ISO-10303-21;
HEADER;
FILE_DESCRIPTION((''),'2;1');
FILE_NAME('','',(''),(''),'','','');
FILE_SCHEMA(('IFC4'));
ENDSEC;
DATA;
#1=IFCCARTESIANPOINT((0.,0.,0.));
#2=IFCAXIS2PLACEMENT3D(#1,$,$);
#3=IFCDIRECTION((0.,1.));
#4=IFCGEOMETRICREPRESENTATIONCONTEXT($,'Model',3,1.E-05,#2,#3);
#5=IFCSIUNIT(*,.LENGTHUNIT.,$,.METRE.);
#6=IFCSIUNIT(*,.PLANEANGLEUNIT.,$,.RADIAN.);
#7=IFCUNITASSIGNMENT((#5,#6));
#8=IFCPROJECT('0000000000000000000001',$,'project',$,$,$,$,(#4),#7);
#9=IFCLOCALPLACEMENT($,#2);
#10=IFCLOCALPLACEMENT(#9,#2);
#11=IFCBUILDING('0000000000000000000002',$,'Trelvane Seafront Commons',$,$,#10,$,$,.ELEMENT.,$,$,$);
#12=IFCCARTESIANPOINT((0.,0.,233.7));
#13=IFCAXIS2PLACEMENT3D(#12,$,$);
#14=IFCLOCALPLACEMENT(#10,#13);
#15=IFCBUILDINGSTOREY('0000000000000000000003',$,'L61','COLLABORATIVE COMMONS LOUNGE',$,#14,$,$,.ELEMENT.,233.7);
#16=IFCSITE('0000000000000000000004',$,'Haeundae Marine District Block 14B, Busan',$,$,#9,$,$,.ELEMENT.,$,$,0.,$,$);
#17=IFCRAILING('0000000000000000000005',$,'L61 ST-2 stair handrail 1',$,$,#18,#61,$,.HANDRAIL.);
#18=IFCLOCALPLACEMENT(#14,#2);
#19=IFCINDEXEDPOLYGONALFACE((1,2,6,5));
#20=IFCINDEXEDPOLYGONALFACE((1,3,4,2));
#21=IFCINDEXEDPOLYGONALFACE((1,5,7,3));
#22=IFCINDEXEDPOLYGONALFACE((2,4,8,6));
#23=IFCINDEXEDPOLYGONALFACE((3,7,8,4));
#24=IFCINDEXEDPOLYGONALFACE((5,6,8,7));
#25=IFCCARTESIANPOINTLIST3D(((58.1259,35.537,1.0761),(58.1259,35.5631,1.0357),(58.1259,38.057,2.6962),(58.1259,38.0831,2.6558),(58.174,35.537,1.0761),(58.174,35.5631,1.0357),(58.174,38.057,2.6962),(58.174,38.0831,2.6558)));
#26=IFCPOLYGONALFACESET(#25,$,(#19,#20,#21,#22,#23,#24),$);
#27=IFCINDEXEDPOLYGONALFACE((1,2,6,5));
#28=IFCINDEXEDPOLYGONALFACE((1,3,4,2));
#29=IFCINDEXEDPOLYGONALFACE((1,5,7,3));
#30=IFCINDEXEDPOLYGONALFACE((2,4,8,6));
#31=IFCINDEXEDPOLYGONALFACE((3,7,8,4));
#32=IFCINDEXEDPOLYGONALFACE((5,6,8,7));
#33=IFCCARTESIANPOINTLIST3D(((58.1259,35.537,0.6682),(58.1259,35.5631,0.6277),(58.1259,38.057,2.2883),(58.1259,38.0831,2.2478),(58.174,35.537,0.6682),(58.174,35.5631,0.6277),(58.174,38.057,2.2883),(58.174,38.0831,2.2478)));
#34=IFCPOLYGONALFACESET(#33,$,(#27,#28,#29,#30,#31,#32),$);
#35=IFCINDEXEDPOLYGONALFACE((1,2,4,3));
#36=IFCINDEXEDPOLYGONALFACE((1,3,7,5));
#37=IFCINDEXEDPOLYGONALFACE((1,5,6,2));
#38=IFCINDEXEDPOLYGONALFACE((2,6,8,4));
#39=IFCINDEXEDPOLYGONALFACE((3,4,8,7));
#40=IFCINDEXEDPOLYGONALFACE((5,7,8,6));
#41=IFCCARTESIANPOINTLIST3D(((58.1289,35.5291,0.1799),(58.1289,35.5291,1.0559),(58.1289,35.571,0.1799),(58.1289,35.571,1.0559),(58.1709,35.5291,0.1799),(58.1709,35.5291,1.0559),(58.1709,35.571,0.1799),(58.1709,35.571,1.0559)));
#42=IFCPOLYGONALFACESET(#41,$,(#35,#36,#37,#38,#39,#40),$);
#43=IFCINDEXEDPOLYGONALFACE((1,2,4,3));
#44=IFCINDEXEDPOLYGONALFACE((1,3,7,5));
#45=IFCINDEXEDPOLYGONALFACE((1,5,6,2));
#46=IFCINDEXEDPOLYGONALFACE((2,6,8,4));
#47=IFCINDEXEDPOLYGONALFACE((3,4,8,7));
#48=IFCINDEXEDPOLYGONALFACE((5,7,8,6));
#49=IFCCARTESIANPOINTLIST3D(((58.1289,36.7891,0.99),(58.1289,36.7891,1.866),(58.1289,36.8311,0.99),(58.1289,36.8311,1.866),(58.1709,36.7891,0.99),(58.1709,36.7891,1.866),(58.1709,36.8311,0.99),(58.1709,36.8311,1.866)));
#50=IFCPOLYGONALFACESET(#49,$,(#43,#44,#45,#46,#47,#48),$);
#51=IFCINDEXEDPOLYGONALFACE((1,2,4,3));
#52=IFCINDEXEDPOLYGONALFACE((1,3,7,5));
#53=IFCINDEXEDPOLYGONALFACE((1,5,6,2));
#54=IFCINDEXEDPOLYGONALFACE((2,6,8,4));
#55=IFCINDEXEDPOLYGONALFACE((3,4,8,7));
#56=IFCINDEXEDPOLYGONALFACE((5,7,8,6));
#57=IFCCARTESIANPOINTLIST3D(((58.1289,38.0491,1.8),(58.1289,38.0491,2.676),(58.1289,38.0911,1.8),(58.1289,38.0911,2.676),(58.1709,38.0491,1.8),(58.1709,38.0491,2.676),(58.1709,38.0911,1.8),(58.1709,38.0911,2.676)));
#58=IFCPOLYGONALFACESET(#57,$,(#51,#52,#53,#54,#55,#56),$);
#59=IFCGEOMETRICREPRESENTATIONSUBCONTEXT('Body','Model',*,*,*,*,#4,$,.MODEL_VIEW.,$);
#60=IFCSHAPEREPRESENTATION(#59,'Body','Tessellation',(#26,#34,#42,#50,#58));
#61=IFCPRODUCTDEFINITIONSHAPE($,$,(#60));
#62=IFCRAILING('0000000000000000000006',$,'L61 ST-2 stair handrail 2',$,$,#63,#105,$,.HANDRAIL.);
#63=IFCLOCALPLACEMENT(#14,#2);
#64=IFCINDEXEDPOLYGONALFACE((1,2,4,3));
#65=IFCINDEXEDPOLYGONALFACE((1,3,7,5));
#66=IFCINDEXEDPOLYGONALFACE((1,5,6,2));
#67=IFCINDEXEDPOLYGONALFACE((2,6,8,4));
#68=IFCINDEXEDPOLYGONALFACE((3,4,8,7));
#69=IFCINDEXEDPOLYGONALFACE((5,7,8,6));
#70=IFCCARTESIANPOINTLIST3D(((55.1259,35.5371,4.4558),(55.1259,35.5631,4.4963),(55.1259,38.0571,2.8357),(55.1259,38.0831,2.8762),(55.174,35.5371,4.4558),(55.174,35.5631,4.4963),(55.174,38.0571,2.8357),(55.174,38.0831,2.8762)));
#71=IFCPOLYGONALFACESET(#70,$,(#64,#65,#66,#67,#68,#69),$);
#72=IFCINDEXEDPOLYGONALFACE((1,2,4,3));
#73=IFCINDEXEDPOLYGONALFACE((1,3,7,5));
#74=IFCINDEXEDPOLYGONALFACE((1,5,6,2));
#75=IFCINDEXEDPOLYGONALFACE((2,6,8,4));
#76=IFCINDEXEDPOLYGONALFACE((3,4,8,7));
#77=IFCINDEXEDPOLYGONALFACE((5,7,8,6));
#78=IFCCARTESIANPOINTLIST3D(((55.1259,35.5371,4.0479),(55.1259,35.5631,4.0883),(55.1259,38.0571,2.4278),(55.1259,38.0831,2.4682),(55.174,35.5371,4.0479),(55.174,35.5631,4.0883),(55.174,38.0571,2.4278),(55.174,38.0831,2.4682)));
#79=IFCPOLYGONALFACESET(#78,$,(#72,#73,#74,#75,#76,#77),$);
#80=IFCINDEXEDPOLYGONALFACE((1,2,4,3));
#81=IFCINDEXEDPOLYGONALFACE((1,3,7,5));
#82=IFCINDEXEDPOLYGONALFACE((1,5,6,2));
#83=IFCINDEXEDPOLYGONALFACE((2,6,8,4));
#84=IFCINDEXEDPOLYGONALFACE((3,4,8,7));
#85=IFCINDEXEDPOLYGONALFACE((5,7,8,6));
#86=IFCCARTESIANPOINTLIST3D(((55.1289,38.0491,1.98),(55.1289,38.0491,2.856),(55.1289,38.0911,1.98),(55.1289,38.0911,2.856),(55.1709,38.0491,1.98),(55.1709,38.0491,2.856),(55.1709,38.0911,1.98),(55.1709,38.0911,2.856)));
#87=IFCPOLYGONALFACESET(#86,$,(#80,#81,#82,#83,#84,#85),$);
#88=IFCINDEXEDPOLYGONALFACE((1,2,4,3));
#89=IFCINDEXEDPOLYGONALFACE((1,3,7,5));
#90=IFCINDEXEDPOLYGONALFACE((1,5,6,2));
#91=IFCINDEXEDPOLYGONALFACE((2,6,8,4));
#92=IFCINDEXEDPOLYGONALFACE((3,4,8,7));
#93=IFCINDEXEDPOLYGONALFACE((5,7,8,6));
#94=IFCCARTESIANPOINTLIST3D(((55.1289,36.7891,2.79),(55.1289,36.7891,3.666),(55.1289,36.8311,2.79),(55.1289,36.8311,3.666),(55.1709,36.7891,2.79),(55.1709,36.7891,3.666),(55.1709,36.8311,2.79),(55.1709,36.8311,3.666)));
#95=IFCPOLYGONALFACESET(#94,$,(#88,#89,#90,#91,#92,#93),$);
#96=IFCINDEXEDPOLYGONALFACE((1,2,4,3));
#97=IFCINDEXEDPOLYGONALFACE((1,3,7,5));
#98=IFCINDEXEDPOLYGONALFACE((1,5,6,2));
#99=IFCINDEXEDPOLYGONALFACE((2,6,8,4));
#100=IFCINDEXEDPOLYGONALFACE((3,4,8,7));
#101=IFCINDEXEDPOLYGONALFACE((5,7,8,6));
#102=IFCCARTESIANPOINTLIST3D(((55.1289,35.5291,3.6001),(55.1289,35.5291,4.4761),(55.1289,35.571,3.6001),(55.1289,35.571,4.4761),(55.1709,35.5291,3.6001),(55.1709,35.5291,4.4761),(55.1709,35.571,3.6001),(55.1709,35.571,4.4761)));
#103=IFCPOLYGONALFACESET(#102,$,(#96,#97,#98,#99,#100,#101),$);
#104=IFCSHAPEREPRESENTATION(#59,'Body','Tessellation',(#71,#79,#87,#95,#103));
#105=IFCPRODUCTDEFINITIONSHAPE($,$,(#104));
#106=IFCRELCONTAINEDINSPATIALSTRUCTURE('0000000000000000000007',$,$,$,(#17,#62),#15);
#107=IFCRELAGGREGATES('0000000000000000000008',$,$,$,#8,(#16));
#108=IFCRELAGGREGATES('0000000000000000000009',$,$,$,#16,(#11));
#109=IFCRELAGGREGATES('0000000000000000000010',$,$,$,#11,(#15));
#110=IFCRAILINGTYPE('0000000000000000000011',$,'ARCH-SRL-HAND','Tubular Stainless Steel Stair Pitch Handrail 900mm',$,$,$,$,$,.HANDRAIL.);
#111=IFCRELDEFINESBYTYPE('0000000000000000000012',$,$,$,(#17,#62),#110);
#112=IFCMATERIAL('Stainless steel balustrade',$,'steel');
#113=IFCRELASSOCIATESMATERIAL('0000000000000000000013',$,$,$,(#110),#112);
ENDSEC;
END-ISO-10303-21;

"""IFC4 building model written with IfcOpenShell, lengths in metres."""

from ifc_helpers import new_model, si_unit, direction, frame, origin, origin_2d, place, context, subcontext, project, spatial, rectangle, extrude, material, type_object, element, save


model = new_model("IFC4")

# Units and contexts
model_context = context("Model", 3, precision=1e-05, world=origin(), true_north=direction((0.0, 1.0)))
body_context = subcontext(model_context, "Body", "Model", "MODEL_VIEW")
ifc_project = project(units=[si_unit("LENGTHUNIT", "METRE"), si_unit("PLANEANGLEUNIT", "RADIAN")], contexts=[model_context])

# Site, building, storey
site_placement = place(None, origin())
site = spatial("IfcSite", under=ifc_project, at=site_placement, Name="Haeundae Marine District Block 14B, Busan", CompositionType="ELEMENT", RefElevation=0.0)
building_placement = place(site_placement, origin())
building = spatial("IfcBuilding", under=site, at=building_placement, Name="Trelvane Seafront Commons", CompositionType="ELEMENT")
storey_placement = place(building_placement, frame((0.0, 0.0, 233.7)))
storey = spatial("IfcBuildingStorey", under=building, at=storey_placement, Name="L61", Description="COLLABORATIVE COMMONS LOUNGE", CompositionType="ELEMENT", Elevation=233.7)

# Railings
ifc_material_1 = material(Name="Stainless steel balustrade", Category="steel")
railing_type_1 = type_object("IfcRailingType", Name="ARCH-SRL-HAND", Description="Tubular Stainless Steel Stair Pitch Handrail 900mm", PredefinedType="HANDRAIL", material=ifc_material_1)
railing_1_placement = place(storey_placement, frame((58.1499, 35.55, 0.1799)))
element("IfcRailing", 1, at=railing_1_placement, inside=storey, type_object=railing_type_1, Name="L61 ST-2 stair handrail 1", PredefinedType="HANDRAIL", context=body_context, shape_type="SweptSolid", body=[
    extrude(rectangle(XDim=0.0481, YDim=0.0481, at=origin_2d()), frame((0.0, 0.0, 0.876), z_axis=(0.0, 0.841163, 0.540782), x_axis=(-1.0, 0.0, 0.0)), (0.0, 0.0, 1.0), 2.9958),
    extrude(rectangle(XDim=0.0481, YDim=0.0481, at=origin_2d()), frame((0.0, 0.0, 0.468), z_axis=(0.0, 0.841163, 0.540782), x_axis=(-1.0, 0.0, 0.0)), (0.0, 0.0, 1.0), 2.9958),
    extrude(rectangle(XDim=0.042, YDim=0.042, at=origin_2d()), origin(), (0.0, 0.0, 1.0), 0.876),
    extrude(rectangle(XDim=0.042, YDim=0.042, at=origin_2d()), frame((0.0, 1.26, 0.8101)), (0.0, 0.0, 1.0), 0.876),
    extrude(rectangle(XDim=0.042, YDim=0.042, at=origin_2d()), frame((0.0, 2.52, 1.6201)), (0.0, 0.0, 1.0), 0.876),
])
railing_2_placement = place(storey_placement, frame((55.1499, 38.0701, 1.98)))
element("IfcRailing", 2, at=railing_2_placement, inside=storey, type_object=railing_type_1, Name="L61 ST-2 stair handrail 2", PredefinedType="HANDRAIL", context=body_context, shape_type="SweptSolid", body=[
    extrude(rectangle(XDim=0.0481, YDim=0.0481, at=origin_2d()), frame((0.0, 0.0, 0.876), z_axis=(0.0, -0.841163, 0.540782), x_axis=(1.0, 0.0, 0.0)), (0.0, 0.0, 1.0), 2.9958),
    extrude(rectangle(XDim=0.0481, YDim=0.0481, at=origin_2d()), frame((0.0, 0.0, 0.468), z_axis=(0.0, -0.841163, 0.540782), x_axis=(1.0, 0.0, 0.0)), (0.0, 0.0, 1.0), 2.9958),
    extrude(rectangle(XDim=0.042, YDim=0.042, at=origin_2d()), origin(), (0.0, 0.0, 1.0), 0.876),
    extrude(rectangle(XDim=0.042, YDim=0.042, at=origin_2d()), frame((0.0, -1.26, 0.8101)), (0.0, 0.0, 1.0), 0.876),
    extrude(rectangle(XDim=0.042, YDim=0.042, at=origin_2d()), frame((0.0, -2.52, 1.6201)), (0.0, 0.0, 1.0), 0.876),
])

save(model, "model.ifc")
